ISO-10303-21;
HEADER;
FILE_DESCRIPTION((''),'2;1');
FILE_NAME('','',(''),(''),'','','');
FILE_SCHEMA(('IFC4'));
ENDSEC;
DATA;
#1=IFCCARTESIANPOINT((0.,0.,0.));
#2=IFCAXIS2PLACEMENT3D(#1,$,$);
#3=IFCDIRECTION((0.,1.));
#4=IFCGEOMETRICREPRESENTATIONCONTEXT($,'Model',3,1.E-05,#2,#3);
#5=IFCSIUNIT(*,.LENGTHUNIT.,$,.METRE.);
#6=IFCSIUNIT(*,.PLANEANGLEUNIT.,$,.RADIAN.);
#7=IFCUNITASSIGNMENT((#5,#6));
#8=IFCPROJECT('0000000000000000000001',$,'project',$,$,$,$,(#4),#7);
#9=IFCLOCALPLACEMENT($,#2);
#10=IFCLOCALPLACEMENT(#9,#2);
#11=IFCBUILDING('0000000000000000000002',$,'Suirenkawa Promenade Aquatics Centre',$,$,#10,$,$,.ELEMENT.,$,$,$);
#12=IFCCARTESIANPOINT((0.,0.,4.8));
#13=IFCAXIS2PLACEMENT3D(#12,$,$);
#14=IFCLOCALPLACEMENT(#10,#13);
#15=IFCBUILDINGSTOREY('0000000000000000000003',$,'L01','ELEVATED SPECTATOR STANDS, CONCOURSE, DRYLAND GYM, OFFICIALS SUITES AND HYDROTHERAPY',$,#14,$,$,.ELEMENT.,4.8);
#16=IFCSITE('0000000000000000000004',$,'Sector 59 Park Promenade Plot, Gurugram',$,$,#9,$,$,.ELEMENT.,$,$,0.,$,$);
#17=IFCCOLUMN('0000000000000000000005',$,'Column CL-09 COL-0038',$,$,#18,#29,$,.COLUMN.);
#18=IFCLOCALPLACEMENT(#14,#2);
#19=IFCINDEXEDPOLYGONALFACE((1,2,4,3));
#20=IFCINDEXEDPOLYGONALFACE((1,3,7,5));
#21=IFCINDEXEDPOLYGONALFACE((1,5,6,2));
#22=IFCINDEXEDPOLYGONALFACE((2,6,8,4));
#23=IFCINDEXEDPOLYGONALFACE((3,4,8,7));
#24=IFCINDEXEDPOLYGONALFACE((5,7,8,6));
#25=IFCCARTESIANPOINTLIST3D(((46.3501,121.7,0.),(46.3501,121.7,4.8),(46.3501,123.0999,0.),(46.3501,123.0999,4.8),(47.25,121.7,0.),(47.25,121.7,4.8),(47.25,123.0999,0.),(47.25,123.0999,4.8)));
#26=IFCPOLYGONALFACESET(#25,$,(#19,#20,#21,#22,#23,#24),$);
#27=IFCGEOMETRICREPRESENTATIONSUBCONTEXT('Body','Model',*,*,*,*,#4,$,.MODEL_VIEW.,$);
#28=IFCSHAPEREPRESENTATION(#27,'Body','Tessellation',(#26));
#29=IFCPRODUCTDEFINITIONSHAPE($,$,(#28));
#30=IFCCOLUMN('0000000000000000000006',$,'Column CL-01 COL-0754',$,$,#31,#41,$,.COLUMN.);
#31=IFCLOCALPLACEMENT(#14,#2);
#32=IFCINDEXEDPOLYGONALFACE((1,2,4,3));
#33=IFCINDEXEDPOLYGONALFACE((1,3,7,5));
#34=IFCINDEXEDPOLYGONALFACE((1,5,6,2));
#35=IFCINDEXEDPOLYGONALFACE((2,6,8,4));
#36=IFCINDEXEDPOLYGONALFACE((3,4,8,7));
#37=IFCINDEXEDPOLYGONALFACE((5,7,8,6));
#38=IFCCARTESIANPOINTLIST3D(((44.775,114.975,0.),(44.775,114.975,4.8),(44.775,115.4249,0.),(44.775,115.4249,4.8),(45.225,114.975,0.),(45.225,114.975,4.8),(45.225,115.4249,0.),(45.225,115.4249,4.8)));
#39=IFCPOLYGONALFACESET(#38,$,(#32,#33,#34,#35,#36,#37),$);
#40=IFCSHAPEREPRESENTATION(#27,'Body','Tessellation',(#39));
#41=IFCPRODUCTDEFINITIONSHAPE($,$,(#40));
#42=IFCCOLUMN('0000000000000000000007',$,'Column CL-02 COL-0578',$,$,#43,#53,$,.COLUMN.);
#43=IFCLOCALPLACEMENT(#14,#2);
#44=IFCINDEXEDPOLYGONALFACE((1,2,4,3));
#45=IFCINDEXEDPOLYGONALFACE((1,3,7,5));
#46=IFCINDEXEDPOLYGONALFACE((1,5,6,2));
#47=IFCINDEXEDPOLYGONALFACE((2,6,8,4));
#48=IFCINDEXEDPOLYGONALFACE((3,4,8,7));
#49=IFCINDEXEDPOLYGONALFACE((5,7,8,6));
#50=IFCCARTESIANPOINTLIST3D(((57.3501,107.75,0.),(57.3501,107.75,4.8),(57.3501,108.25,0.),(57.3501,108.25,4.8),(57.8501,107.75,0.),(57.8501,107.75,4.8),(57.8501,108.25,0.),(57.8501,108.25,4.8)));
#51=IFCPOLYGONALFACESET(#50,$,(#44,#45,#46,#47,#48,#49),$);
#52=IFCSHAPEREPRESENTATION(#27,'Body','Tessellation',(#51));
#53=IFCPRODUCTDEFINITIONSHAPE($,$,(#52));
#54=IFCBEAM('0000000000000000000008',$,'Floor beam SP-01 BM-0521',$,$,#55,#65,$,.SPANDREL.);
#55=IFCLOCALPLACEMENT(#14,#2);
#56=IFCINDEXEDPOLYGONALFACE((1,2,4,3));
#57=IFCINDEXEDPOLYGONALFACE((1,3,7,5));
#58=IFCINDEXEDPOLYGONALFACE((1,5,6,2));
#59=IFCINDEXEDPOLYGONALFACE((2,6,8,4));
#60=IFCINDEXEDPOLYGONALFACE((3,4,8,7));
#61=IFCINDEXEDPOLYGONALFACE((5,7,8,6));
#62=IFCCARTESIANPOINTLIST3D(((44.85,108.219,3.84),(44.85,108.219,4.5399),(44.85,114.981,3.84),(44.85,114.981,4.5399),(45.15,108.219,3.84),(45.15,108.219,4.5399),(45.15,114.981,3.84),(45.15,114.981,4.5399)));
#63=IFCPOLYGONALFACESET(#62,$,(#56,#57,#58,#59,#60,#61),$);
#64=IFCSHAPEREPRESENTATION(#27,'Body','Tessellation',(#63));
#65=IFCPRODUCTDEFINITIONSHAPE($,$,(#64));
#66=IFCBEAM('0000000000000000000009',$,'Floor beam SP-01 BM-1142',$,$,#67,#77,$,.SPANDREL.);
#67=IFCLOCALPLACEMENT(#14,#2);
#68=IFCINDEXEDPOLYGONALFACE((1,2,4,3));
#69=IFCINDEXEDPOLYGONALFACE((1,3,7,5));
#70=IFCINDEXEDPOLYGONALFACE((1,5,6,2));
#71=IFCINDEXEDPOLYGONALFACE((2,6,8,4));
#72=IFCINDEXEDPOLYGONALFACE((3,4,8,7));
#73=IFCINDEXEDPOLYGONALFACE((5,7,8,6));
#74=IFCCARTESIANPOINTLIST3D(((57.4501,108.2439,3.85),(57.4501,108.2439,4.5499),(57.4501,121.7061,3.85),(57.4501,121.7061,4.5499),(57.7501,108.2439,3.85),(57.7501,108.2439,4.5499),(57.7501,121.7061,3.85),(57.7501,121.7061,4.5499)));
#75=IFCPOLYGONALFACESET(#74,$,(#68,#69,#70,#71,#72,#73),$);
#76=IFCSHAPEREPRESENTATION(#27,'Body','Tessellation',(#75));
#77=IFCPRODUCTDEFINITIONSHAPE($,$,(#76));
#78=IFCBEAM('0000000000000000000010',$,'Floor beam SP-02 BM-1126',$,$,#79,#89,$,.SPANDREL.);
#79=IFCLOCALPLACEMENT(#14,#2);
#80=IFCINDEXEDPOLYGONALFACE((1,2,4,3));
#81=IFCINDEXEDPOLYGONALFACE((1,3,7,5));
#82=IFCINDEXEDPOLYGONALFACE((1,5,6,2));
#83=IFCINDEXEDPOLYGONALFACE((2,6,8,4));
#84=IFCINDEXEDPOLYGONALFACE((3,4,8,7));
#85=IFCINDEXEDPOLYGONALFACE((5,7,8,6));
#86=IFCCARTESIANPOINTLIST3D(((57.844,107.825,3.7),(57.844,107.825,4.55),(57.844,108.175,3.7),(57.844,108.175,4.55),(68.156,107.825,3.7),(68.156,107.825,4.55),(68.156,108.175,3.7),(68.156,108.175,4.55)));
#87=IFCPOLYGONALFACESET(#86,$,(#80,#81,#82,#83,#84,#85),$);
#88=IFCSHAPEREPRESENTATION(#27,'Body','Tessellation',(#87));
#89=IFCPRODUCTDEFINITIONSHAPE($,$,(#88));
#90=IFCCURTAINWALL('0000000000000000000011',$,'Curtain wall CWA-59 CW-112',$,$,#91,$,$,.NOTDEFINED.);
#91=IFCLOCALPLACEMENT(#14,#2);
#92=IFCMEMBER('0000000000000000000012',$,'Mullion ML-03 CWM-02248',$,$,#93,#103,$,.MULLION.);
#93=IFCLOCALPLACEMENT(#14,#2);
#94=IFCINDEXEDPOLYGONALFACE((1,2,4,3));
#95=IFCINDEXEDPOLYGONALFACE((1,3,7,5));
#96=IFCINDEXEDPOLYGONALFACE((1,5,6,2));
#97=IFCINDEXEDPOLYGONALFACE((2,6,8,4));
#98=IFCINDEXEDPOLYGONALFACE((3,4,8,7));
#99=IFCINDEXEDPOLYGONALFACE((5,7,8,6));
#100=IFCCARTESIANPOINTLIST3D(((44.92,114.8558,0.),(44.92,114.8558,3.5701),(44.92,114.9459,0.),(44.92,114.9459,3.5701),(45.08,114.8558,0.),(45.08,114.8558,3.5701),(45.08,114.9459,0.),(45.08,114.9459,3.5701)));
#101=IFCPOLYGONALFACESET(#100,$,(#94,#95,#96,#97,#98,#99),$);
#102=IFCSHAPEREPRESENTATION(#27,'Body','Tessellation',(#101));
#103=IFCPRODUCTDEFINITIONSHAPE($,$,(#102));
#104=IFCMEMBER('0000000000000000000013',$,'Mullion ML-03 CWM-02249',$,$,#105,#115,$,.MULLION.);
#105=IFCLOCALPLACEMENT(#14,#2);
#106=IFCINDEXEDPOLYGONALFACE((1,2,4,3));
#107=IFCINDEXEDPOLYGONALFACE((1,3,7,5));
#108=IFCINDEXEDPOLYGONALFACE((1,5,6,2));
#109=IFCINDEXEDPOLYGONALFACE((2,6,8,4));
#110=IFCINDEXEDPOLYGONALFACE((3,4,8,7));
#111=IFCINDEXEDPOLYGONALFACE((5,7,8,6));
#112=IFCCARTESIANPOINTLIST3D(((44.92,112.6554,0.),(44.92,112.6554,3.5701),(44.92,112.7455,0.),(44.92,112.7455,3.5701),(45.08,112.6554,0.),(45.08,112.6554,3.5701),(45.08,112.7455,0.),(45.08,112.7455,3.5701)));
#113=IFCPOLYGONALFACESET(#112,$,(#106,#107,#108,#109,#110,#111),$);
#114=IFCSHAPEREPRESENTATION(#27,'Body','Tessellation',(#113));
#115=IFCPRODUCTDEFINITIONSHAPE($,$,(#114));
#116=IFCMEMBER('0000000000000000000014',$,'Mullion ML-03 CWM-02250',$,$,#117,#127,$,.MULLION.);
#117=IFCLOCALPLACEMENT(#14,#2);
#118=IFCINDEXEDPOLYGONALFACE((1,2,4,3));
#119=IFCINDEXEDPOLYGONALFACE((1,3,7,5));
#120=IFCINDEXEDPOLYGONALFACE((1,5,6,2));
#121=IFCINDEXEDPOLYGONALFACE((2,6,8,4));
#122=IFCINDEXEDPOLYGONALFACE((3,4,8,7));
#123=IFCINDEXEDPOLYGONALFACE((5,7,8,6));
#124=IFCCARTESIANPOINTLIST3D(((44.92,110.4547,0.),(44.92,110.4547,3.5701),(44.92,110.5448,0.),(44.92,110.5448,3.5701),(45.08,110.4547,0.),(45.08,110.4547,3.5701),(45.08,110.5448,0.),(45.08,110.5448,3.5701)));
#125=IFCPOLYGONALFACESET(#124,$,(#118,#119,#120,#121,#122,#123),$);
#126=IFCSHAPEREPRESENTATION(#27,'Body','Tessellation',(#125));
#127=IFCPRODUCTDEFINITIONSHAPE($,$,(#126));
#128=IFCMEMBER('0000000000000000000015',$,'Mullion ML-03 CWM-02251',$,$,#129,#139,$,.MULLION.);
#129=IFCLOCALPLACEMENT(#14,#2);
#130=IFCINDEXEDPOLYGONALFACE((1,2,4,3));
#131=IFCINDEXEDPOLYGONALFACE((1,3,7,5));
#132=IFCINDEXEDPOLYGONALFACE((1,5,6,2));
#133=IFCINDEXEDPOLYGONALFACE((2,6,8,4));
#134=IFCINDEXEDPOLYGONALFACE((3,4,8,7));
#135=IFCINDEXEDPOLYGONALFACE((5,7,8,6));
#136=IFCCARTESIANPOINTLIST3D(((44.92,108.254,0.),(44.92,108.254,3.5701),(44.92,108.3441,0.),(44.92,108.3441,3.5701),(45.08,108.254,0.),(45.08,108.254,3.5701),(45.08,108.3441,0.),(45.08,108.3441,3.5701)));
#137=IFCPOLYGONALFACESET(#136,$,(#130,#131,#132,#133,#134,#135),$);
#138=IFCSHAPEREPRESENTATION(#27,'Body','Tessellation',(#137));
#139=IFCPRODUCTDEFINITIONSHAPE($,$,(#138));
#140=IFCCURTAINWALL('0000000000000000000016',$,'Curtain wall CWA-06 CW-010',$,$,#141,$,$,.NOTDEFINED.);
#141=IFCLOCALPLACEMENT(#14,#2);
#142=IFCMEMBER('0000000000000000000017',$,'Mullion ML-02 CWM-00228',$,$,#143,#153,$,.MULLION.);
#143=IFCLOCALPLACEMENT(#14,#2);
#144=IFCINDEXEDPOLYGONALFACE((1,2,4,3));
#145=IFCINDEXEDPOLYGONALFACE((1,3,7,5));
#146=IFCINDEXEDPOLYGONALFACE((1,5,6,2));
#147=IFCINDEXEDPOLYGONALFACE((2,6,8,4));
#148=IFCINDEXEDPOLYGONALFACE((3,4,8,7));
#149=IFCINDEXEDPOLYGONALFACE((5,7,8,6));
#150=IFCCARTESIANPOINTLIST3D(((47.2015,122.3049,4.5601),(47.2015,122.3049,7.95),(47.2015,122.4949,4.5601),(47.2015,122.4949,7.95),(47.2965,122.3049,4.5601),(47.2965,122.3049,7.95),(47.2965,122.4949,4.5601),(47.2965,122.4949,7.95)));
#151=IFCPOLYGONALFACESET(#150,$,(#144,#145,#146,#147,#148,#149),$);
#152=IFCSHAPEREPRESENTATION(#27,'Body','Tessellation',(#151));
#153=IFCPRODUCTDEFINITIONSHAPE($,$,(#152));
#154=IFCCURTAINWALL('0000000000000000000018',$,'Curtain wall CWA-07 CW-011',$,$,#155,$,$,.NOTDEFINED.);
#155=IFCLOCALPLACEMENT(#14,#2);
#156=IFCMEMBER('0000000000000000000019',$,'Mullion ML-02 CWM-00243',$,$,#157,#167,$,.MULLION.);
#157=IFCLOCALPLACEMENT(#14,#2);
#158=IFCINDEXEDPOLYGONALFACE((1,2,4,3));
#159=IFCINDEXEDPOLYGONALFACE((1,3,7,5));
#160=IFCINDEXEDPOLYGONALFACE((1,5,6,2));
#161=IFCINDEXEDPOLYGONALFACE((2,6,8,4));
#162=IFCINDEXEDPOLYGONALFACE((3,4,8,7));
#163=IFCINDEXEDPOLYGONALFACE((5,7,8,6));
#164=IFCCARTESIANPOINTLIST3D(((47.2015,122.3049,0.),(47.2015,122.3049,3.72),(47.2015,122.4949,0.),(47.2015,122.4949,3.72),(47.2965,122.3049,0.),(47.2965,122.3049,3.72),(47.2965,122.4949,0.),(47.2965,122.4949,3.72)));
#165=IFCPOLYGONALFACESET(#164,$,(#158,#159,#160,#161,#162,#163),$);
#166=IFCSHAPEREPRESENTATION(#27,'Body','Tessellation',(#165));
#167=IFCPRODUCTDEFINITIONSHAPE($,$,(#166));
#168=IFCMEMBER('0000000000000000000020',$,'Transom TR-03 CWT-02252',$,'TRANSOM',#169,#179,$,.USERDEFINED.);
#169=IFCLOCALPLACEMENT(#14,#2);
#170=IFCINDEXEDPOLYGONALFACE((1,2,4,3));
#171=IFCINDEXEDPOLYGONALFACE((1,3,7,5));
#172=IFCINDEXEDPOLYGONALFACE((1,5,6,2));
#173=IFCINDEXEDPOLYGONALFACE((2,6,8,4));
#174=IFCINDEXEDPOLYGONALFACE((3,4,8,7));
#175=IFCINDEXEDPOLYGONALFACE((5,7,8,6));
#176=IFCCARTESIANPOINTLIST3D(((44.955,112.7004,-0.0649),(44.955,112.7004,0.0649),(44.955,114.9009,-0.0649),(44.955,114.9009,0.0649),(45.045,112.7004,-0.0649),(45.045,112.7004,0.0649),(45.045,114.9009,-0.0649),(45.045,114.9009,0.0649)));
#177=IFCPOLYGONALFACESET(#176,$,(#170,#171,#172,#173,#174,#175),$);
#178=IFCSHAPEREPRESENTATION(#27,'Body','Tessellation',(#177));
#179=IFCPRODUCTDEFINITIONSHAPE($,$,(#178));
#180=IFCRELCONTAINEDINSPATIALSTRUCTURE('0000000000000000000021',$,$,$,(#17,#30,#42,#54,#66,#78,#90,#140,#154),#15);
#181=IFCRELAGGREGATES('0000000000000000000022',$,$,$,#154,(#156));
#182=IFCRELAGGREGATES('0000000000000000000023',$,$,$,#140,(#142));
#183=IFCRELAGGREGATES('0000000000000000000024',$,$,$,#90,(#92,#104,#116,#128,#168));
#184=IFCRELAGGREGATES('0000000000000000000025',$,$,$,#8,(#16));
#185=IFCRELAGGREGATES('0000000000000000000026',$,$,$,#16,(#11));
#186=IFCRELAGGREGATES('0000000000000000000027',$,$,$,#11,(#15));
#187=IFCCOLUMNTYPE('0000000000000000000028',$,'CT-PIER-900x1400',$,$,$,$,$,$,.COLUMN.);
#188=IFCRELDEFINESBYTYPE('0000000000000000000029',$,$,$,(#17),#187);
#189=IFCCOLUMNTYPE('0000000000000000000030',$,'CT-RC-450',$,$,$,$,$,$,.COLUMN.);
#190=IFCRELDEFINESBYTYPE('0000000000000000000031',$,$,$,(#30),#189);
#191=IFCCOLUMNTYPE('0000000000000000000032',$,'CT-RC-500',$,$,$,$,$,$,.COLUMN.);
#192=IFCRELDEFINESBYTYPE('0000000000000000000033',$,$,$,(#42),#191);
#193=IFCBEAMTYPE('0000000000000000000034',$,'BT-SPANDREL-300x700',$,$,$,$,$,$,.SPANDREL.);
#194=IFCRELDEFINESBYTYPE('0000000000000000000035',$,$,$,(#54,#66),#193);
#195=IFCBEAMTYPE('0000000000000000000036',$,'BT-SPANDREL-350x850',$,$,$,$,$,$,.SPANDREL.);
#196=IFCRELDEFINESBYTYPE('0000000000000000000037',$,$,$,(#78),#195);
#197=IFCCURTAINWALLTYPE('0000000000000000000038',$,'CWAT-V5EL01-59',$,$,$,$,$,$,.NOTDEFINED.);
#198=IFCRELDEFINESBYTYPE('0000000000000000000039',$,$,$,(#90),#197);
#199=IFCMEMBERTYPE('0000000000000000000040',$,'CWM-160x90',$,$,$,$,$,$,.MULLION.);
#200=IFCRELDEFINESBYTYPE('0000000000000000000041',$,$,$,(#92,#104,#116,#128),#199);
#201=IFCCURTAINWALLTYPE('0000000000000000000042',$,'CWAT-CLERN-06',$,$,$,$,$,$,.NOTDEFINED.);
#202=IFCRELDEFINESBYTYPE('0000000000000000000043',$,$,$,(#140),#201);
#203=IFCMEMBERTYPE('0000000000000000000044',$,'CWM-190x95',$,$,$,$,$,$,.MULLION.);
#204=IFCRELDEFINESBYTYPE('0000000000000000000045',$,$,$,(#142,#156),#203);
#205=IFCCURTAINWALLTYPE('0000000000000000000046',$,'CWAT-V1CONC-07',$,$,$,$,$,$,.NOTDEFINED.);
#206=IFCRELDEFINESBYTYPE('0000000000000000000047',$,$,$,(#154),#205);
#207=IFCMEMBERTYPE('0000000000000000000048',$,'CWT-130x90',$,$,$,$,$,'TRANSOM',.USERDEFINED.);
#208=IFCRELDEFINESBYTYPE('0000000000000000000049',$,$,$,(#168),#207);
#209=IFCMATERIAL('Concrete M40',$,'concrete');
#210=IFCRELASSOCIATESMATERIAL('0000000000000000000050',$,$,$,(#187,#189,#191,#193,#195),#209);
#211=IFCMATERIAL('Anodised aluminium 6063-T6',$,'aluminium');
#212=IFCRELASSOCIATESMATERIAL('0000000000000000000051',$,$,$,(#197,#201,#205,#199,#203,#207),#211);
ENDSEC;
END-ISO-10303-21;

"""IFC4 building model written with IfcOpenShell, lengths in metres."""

from ifc_helpers import new_model, si_unit, direction, frame, origin, origin_2d, place, context, subcontext, project, spatial, rectangle, extrude, material, material_profile, profile_set, type_object, element, aggregate, save


model = new_model("IFC4")

# Units and contexts
model_context = context("Model", 3, precision=1e-05, world=origin(), true_north=direction((0.0, 1.0)))
body_context = subcontext(model_context, "Body", "Model", "MODEL_VIEW")
ifc_project = project(units=[si_unit("LENGTHUNIT", "METRE"), si_unit("PLANEANGLEUNIT", "RADIAN")], contexts=[model_context])

# Site, building, storey
site_placement = place(None, origin())
site = spatial("IfcSite", under=ifc_project, at=site_placement, Name="Sector 59 Park Promenade Plot, Gurugram", CompositionType="ELEMENT", RefElevation=0.0)
building_placement = place(site_placement, origin())
building = spatial("IfcBuilding", under=site, at=building_placement, Name="Suirenkawa Promenade Aquatics Centre", CompositionType="ELEMENT")
storey_placement = place(building_placement, frame((0.0, 0.0, 4.8)))
storey = spatial("IfcBuildingStorey", under=building, at=storey_placement, Name="L01", Description="ELEVATED SPECTATOR STANDS, CONCOURSE, DRYLAND GYM, OFFICIALS SUITES AND HYDROTHERAPY", CompositionType="ELEMENT", Elevation=4.8)

# Columns
ifc_material_1 = material(Name="Concrete M40", Category="concrete")
ifc_material_profile_1 = material_profile(ifc_material_1, rectangle(XDim=0.8999, YDim=1.3999, at=origin_2d()), Name="RC PIER 900x1400", Category="concrete")
ifc_profile_set_1 = profile_set([ifc_material_profile_1], Name="Concrete M40")
column_type_1 = type_object("IfcColumnType", Name="CT-PIER-900x1400", PredefinedType="COLUMN", material=ifc_profile_set_1)
column_1_placement = place(storey_placement, frame((46.8, 122.3999, 0.0), z_axis=(0.0, 0.0, 1.0), x_axis=(1.0, 0.0, 0.0)))
element("IfcColumn", 1, at=column_1_placement, inside=storey, type_object=column_type_1, Name="Column CL-09 COL-0038", PredefinedType="COLUMN", context=body_context, shape_type="SweptSolid", body=[
    extrude(rectangle(XDim=0.8999, YDim=1.3999, at=origin_2d()), origin(), (0.0, 0.0, 1.0), 4.8),
])
ifc_material_profile_2 = material_profile(ifc_material_1, rectangle(XDim=0.45, YDim=0.45, at=origin_2d()), Name="RC COL 450x450", Category="concrete")
ifc_profile_set_2 = profile_set([ifc_material_profile_2], Name="Concrete M40")
column_type_2 = type_object("IfcColumnType", Name="CT-RC-450", PredefinedType="COLUMN", material=ifc_profile_set_2)
column_2_placement = place(storey_placement, frame((45.0, 115.2, 0.0), z_axis=(0.0, 0.0, 1.0), x_axis=(1.0, 0.0, 0.0)))
element("IfcColumn", 2, at=column_2_placement, inside=storey, type_object=column_type_2, Name="Column CL-01 COL-0754", PredefinedType="COLUMN", context=body_context, shape_type="SweptSolid", body=[
    extrude(rectangle(XDim=0.45, YDim=0.45, at=origin_2d()), origin(), (0.0, 0.0, 1.0), 4.8),
])
ifc_material_profile_3 = material_profile(ifc_material_1, rectangle(XDim=0.5, YDim=0.5, at=origin_2d()), Name="RC COL 500x500", Category="concrete")
ifc_profile_set_3 = profile_set([ifc_material_profile_3], Name="Concrete M40")
column_type_3 = type_object("IfcColumnType", Name="CT-RC-500", PredefinedType="COLUMN", material=ifc_profile_set_3)
column_3_placement = place(storey_placement, frame((57.6001, 108.0, 0.0), z_axis=(0.0, 0.0, 1.0), x_axis=(1.0, 0.0, 0.0)))
element("IfcColumn", 3, at=column_3_placement, inside=storey, type_object=column_type_3, Name="Column CL-02 COL-0578", PredefinedType="COLUMN", context=body_context, shape_type="SweptSolid", body=[
    extrude(rectangle(XDim=0.5, YDim=0.5, at=origin_2d()), origin(), (0.0, 0.0, 1.0), 4.8),
])

# Beams
ifc_material_profile_4 = material_profile(ifc_material_1, rectangle(XDim=0.3, YDim=0.7, at=origin_2d()), Name="RC SPANDREL 300x700", Category="concrete")
ifc_profile_set_4 = profile_set([ifc_material_profile_4], Name="Concrete M40")
beam_type_1 = type_object("IfcBeamType", Name="BT-SPANDREL-300x700", PredefinedType="SPANDREL", material=ifc_profile_set_4)
beam_1_placement = place(storey_placement, frame((45.0, 108.219, 4.1899), z_axis=(0.0, 1.0, 0.0), x_axis=(-1.0, 0.0, 0.0)))
element("IfcBeam", 4, at=beam_1_placement, inside=storey, type_object=beam_type_1, Name="Floor beam SP-01 BM-0521", PredefinedType="SPANDREL", context=body_context, shape_type="SweptSolid", body=[
    extrude(rectangle(XDim=0.3, YDim=0.7, at=origin_2d()), origin(), (0.0, 0.0, 1.0), 6.762),
])
beam_2_placement = place(storey_placement, frame((57.6001, 108.2439, 4.2), z_axis=(0.0, 1.0, 0.0), x_axis=(-1.0, 0.0, 0.0)))
element("IfcBeam", 5, at=beam_2_placement, inside=storey, type_object=beam_type_1, Name="Floor beam SP-01 BM-1142", PredefinedType="SPANDREL", context=body_context, shape_type="SweptSolid", body=[
    extrude(rectangle(XDim=0.3, YDim=0.7, at=origin_2d()), origin(), (0.0, 0.0, 1.0), 13.4622),
])
ifc_material_profile_5 = material_profile(ifc_material_1, rectangle(XDim=0.3501, YDim=0.8501, at=origin_2d()), Name="RC SPANDREL 350x850", Category="concrete")
ifc_profile_set_5 = profile_set([ifc_material_profile_5], Name="Concrete M40")
beam_type_2 = type_object("IfcBeamType", Name="BT-SPANDREL-350x850", PredefinedType="SPANDREL", material=ifc_profile_set_5)
beam_3_placement = place(storey_placement, frame((57.844, 108.0, 4.125), z_axis=(1.0, 0.0, 0.0), x_axis=(0.0, 1.0, 0.0)))
element("IfcBeam", 6, at=beam_3_placement, inside=storey, type_object=beam_type_2, Name="Floor beam SP-02 BM-1126", PredefinedType="SPANDREL", context=body_context, shape_type="SweptSolid", body=[
    extrude(rectangle(XDim=0.3501, YDim=0.8501, at=origin_2d()), origin(), (0.0, 0.0, 1.0), 10.312),
])

# Curtain wall, members
ifc_material_2 = material(Name="Anodised aluminium 6063-T6", Category="aluminium")
curtain_wall_type_1 = type_object("IfcCurtainWallType", Name="CWAT-V5EL01-59", PredefinedType="NOTDEFINED", material=ifc_material_2)
curtain_wall_1_placement = place(storey_placement, origin())
curtain_wall_1 = element("IfcCurtainWall", 7, at=curtain_wall_1_placement, inside=storey, type_object=curtain_wall_type_1, Name="Curtain wall CWA-59 CW-112", PredefinedType="NOTDEFINED")
ifc_material_profile_6 = material_profile(ifc_material_2, rectangle(XDim=0.0901, YDim=0.1599, at=origin_2d()), Name="ALU MULL 90x160", Category="aluminium")
ifc_profile_set_6 = profile_set([ifc_material_profile_6], Name="Anodised aluminium 6063-T6")
member_type_1 = type_object("IfcMemberType", Name="CWM-160x90", PredefinedType="MULLION", material=ifc_profile_set_6)
member_1_placement = place(storey_placement, frame((45.0, 114.9009, 0.0), z_axis=(0.0, 0.0, 1.0), x_axis=(0.0, -1.0, 0.0)))
member_1 = element("IfcMember", 8, at=member_1_placement, type_object=member_type_1, Name="Mullion ML-03 CWM-02248", PredefinedType="MULLION", context=body_context, shape_type="SweptSolid", body=[
    extrude(rectangle(XDim=0.0901, YDim=0.1599, at=origin_2d()), origin(), (0.0, 0.0, 1.0), 3.5701),
])
member_2_placement = place(storey_placement, frame((45.0, 112.7004, 0.0), z_axis=(0.0, 0.0, 1.0), x_axis=(0.0, -1.0, 0.0)))
member_2 = element("IfcMember", 9, at=member_2_placement, type_object=member_type_1, Name="Mullion ML-03 CWM-02249", PredefinedType="MULLION", context=body_context, shape_type="SweptSolid", body=[
    extrude(rectangle(XDim=0.0901, YDim=0.1599, at=origin_2d()), origin(), (0.0, 0.0, 1.0), 3.5701),
])
member_3_placement = place(storey_placement, frame((45.0, 110.4998, 0.0), z_axis=(0.0, 0.0, 1.0), x_axis=(0.0, -1.0, 0.0)))
member_3 = element("IfcMember", 10, at=member_3_placement, type_object=member_type_1, Name="Mullion ML-03 CWM-02250", PredefinedType="MULLION", context=body_context, shape_type="SweptSolid", body=[
    extrude(rectangle(XDim=0.0901, YDim=0.1599, at=origin_2d()), origin(), (0.0, 0.0, 1.0), 3.5701),
])
member_4_placement = place(storey_placement, frame((45.0, 108.2991, 0.0), z_axis=(0.0, 0.0, 1.0), x_axis=(0.0, -1.0, 0.0)))
member_4 = element("IfcMember", 11, at=member_4_placement, type_object=member_type_1, Name="Mullion ML-03 CWM-02251", PredefinedType="MULLION", context=body_context, shape_type="SweptSolid", body=[
    extrude(rectangle(XDim=0.0901, YDim=0.1599, at=origin_2d()), origin(), (0.0, 0.0, 1.0), 3.5701),
])

# Curtain walls, members
curtain_wall_type_2 = type_object("IfcCurtainWallType", Name="CWAT-CLERN-06", PredefinedType="NOTDEFINED", material=ifc_material_2)
curtain_wall_2_placement = place(storey_placement, origin())
curtain_wall_2 = element("IfcCurtainWall", 12, at=curtain_wall_2_placement, inside=storey, type_object=curtain_wall_type_2, Name="Curtain wall CWA-06 CW-010", PredefinedType="NOTDEFINED")
ifc_material_profile_7 = material_profile(ifc_material_2, rectangle(XDim=0.095, YDim=0.1899, at=origin_2d()), Name="ALU MULL 95x190", Category="aluminium")
ifc_profile_set_7 = profile_set([ifc_material_profile_7], Name="Anodised aluminium 6063-T6")
member_type_2 = type_object("IfcMemberType", Name="CWM-190x95", PredefinedType="MULLION", material=ifc_profile_set_7)
member_5_placement = place(storey_placement, frame((47.249, 122.3999, 4.5601), z_axis=(0.0, 0.0, 1.0), x_axis=(1.0, 0.0, 0.0)))
member_5 = element("IfcMember", 13, at=member_5_placement, type_object=member_type_2, Name="Mullion ML-02 CWM-00228", PredefinedType="MULLION", context=body_context, shape_type="SweptSolid", body=[
    extrude(rectangle(XDim=0.095, YDim=0.1899, at=origin_2d()), origin(), (0.0, 0.0, 1.0), 3.3899),
])
curtain_wall_type_3 = type_object("IfcCurtainWallType", Name="CWAT-V1CONC-07", PredefinedType="NOTDEFINED", material=ifc_material_2)
curtain_wall_3_placement = place(storey_placement, origin())
curtain_wall_3 = element("IfcCurtainWall", 14, at=curtain_wall_3_placement, inside=storey, type_object=curtain_wall_type_3, Name="Curtain wall CWA-07 CW-011", PredefinedType="NOTDEFINED")
member_6_placement = place(storey_placement, frame((47.249, 122.3999, 0.0), z_axis=(0.0, 0.0, 1.0), x_axis=(1.0, 0.0, 0.0)))
member_6 = element("IfcMember", 15, at=member_6_placement, type_object=member_type_2, Name="Mullion ML-02 CWM-00243", PredefinedType="MULLION", context=body_context, shape_type="SweptSolid", body=[
    extrude(rectangle(XDim=0.095, YDim=0.1899, at=origin_2d()), origin(), (0.0, 0.0, 1.0), 3.72),
])
aggregate(curtain_wall_3, [member_6])

# Member
ifc_material_profile_8 = material_profile(ifc_material_2, rectangle(XDim=0.0901, YDim=0.1299, at=origin_2d()), Name="ALU TRAN 90x130", Category="aluminium")
ifc_profile_set_8 = profile_set([ifc_material_profile_8], Name="Anodised aluminium 6063-T6")
member_type_3 = type_object("IfcMemberType", Name="CWT-130x90", ElementType="TRANSOM", PredefinedType="USERDEFINED", material=ifc_profile_set_8)
member_7_placement = place(storey_placement, frame((45.0, 114.9009, 0.0), z_axis=(0.0, -1.0, 0.0), x_axis=(1.0, 0.0, 0.0)))
member_7 = element("IfcMember", 16, at=member_7_placement, type_object=member_type_3, Name="Transom TR-03 CWT-02252", ObjectType="TRANSOM", PredefinedType="USERDEFINED", context=body_context, shape_type="SweptSolid", body=[
    extrude(rectangle(XDim=0.0901, YDim=0.1299, at=origin_2d()), origin(), (0.0, 0.0, 1.0), 2.2004),
])

aggregate(curtain_wall_2, [member_5])
aggregate(curtain_wall_1, [member_1, member_2, member_3, member_4, member_7])

save(model, "model.ifc")
